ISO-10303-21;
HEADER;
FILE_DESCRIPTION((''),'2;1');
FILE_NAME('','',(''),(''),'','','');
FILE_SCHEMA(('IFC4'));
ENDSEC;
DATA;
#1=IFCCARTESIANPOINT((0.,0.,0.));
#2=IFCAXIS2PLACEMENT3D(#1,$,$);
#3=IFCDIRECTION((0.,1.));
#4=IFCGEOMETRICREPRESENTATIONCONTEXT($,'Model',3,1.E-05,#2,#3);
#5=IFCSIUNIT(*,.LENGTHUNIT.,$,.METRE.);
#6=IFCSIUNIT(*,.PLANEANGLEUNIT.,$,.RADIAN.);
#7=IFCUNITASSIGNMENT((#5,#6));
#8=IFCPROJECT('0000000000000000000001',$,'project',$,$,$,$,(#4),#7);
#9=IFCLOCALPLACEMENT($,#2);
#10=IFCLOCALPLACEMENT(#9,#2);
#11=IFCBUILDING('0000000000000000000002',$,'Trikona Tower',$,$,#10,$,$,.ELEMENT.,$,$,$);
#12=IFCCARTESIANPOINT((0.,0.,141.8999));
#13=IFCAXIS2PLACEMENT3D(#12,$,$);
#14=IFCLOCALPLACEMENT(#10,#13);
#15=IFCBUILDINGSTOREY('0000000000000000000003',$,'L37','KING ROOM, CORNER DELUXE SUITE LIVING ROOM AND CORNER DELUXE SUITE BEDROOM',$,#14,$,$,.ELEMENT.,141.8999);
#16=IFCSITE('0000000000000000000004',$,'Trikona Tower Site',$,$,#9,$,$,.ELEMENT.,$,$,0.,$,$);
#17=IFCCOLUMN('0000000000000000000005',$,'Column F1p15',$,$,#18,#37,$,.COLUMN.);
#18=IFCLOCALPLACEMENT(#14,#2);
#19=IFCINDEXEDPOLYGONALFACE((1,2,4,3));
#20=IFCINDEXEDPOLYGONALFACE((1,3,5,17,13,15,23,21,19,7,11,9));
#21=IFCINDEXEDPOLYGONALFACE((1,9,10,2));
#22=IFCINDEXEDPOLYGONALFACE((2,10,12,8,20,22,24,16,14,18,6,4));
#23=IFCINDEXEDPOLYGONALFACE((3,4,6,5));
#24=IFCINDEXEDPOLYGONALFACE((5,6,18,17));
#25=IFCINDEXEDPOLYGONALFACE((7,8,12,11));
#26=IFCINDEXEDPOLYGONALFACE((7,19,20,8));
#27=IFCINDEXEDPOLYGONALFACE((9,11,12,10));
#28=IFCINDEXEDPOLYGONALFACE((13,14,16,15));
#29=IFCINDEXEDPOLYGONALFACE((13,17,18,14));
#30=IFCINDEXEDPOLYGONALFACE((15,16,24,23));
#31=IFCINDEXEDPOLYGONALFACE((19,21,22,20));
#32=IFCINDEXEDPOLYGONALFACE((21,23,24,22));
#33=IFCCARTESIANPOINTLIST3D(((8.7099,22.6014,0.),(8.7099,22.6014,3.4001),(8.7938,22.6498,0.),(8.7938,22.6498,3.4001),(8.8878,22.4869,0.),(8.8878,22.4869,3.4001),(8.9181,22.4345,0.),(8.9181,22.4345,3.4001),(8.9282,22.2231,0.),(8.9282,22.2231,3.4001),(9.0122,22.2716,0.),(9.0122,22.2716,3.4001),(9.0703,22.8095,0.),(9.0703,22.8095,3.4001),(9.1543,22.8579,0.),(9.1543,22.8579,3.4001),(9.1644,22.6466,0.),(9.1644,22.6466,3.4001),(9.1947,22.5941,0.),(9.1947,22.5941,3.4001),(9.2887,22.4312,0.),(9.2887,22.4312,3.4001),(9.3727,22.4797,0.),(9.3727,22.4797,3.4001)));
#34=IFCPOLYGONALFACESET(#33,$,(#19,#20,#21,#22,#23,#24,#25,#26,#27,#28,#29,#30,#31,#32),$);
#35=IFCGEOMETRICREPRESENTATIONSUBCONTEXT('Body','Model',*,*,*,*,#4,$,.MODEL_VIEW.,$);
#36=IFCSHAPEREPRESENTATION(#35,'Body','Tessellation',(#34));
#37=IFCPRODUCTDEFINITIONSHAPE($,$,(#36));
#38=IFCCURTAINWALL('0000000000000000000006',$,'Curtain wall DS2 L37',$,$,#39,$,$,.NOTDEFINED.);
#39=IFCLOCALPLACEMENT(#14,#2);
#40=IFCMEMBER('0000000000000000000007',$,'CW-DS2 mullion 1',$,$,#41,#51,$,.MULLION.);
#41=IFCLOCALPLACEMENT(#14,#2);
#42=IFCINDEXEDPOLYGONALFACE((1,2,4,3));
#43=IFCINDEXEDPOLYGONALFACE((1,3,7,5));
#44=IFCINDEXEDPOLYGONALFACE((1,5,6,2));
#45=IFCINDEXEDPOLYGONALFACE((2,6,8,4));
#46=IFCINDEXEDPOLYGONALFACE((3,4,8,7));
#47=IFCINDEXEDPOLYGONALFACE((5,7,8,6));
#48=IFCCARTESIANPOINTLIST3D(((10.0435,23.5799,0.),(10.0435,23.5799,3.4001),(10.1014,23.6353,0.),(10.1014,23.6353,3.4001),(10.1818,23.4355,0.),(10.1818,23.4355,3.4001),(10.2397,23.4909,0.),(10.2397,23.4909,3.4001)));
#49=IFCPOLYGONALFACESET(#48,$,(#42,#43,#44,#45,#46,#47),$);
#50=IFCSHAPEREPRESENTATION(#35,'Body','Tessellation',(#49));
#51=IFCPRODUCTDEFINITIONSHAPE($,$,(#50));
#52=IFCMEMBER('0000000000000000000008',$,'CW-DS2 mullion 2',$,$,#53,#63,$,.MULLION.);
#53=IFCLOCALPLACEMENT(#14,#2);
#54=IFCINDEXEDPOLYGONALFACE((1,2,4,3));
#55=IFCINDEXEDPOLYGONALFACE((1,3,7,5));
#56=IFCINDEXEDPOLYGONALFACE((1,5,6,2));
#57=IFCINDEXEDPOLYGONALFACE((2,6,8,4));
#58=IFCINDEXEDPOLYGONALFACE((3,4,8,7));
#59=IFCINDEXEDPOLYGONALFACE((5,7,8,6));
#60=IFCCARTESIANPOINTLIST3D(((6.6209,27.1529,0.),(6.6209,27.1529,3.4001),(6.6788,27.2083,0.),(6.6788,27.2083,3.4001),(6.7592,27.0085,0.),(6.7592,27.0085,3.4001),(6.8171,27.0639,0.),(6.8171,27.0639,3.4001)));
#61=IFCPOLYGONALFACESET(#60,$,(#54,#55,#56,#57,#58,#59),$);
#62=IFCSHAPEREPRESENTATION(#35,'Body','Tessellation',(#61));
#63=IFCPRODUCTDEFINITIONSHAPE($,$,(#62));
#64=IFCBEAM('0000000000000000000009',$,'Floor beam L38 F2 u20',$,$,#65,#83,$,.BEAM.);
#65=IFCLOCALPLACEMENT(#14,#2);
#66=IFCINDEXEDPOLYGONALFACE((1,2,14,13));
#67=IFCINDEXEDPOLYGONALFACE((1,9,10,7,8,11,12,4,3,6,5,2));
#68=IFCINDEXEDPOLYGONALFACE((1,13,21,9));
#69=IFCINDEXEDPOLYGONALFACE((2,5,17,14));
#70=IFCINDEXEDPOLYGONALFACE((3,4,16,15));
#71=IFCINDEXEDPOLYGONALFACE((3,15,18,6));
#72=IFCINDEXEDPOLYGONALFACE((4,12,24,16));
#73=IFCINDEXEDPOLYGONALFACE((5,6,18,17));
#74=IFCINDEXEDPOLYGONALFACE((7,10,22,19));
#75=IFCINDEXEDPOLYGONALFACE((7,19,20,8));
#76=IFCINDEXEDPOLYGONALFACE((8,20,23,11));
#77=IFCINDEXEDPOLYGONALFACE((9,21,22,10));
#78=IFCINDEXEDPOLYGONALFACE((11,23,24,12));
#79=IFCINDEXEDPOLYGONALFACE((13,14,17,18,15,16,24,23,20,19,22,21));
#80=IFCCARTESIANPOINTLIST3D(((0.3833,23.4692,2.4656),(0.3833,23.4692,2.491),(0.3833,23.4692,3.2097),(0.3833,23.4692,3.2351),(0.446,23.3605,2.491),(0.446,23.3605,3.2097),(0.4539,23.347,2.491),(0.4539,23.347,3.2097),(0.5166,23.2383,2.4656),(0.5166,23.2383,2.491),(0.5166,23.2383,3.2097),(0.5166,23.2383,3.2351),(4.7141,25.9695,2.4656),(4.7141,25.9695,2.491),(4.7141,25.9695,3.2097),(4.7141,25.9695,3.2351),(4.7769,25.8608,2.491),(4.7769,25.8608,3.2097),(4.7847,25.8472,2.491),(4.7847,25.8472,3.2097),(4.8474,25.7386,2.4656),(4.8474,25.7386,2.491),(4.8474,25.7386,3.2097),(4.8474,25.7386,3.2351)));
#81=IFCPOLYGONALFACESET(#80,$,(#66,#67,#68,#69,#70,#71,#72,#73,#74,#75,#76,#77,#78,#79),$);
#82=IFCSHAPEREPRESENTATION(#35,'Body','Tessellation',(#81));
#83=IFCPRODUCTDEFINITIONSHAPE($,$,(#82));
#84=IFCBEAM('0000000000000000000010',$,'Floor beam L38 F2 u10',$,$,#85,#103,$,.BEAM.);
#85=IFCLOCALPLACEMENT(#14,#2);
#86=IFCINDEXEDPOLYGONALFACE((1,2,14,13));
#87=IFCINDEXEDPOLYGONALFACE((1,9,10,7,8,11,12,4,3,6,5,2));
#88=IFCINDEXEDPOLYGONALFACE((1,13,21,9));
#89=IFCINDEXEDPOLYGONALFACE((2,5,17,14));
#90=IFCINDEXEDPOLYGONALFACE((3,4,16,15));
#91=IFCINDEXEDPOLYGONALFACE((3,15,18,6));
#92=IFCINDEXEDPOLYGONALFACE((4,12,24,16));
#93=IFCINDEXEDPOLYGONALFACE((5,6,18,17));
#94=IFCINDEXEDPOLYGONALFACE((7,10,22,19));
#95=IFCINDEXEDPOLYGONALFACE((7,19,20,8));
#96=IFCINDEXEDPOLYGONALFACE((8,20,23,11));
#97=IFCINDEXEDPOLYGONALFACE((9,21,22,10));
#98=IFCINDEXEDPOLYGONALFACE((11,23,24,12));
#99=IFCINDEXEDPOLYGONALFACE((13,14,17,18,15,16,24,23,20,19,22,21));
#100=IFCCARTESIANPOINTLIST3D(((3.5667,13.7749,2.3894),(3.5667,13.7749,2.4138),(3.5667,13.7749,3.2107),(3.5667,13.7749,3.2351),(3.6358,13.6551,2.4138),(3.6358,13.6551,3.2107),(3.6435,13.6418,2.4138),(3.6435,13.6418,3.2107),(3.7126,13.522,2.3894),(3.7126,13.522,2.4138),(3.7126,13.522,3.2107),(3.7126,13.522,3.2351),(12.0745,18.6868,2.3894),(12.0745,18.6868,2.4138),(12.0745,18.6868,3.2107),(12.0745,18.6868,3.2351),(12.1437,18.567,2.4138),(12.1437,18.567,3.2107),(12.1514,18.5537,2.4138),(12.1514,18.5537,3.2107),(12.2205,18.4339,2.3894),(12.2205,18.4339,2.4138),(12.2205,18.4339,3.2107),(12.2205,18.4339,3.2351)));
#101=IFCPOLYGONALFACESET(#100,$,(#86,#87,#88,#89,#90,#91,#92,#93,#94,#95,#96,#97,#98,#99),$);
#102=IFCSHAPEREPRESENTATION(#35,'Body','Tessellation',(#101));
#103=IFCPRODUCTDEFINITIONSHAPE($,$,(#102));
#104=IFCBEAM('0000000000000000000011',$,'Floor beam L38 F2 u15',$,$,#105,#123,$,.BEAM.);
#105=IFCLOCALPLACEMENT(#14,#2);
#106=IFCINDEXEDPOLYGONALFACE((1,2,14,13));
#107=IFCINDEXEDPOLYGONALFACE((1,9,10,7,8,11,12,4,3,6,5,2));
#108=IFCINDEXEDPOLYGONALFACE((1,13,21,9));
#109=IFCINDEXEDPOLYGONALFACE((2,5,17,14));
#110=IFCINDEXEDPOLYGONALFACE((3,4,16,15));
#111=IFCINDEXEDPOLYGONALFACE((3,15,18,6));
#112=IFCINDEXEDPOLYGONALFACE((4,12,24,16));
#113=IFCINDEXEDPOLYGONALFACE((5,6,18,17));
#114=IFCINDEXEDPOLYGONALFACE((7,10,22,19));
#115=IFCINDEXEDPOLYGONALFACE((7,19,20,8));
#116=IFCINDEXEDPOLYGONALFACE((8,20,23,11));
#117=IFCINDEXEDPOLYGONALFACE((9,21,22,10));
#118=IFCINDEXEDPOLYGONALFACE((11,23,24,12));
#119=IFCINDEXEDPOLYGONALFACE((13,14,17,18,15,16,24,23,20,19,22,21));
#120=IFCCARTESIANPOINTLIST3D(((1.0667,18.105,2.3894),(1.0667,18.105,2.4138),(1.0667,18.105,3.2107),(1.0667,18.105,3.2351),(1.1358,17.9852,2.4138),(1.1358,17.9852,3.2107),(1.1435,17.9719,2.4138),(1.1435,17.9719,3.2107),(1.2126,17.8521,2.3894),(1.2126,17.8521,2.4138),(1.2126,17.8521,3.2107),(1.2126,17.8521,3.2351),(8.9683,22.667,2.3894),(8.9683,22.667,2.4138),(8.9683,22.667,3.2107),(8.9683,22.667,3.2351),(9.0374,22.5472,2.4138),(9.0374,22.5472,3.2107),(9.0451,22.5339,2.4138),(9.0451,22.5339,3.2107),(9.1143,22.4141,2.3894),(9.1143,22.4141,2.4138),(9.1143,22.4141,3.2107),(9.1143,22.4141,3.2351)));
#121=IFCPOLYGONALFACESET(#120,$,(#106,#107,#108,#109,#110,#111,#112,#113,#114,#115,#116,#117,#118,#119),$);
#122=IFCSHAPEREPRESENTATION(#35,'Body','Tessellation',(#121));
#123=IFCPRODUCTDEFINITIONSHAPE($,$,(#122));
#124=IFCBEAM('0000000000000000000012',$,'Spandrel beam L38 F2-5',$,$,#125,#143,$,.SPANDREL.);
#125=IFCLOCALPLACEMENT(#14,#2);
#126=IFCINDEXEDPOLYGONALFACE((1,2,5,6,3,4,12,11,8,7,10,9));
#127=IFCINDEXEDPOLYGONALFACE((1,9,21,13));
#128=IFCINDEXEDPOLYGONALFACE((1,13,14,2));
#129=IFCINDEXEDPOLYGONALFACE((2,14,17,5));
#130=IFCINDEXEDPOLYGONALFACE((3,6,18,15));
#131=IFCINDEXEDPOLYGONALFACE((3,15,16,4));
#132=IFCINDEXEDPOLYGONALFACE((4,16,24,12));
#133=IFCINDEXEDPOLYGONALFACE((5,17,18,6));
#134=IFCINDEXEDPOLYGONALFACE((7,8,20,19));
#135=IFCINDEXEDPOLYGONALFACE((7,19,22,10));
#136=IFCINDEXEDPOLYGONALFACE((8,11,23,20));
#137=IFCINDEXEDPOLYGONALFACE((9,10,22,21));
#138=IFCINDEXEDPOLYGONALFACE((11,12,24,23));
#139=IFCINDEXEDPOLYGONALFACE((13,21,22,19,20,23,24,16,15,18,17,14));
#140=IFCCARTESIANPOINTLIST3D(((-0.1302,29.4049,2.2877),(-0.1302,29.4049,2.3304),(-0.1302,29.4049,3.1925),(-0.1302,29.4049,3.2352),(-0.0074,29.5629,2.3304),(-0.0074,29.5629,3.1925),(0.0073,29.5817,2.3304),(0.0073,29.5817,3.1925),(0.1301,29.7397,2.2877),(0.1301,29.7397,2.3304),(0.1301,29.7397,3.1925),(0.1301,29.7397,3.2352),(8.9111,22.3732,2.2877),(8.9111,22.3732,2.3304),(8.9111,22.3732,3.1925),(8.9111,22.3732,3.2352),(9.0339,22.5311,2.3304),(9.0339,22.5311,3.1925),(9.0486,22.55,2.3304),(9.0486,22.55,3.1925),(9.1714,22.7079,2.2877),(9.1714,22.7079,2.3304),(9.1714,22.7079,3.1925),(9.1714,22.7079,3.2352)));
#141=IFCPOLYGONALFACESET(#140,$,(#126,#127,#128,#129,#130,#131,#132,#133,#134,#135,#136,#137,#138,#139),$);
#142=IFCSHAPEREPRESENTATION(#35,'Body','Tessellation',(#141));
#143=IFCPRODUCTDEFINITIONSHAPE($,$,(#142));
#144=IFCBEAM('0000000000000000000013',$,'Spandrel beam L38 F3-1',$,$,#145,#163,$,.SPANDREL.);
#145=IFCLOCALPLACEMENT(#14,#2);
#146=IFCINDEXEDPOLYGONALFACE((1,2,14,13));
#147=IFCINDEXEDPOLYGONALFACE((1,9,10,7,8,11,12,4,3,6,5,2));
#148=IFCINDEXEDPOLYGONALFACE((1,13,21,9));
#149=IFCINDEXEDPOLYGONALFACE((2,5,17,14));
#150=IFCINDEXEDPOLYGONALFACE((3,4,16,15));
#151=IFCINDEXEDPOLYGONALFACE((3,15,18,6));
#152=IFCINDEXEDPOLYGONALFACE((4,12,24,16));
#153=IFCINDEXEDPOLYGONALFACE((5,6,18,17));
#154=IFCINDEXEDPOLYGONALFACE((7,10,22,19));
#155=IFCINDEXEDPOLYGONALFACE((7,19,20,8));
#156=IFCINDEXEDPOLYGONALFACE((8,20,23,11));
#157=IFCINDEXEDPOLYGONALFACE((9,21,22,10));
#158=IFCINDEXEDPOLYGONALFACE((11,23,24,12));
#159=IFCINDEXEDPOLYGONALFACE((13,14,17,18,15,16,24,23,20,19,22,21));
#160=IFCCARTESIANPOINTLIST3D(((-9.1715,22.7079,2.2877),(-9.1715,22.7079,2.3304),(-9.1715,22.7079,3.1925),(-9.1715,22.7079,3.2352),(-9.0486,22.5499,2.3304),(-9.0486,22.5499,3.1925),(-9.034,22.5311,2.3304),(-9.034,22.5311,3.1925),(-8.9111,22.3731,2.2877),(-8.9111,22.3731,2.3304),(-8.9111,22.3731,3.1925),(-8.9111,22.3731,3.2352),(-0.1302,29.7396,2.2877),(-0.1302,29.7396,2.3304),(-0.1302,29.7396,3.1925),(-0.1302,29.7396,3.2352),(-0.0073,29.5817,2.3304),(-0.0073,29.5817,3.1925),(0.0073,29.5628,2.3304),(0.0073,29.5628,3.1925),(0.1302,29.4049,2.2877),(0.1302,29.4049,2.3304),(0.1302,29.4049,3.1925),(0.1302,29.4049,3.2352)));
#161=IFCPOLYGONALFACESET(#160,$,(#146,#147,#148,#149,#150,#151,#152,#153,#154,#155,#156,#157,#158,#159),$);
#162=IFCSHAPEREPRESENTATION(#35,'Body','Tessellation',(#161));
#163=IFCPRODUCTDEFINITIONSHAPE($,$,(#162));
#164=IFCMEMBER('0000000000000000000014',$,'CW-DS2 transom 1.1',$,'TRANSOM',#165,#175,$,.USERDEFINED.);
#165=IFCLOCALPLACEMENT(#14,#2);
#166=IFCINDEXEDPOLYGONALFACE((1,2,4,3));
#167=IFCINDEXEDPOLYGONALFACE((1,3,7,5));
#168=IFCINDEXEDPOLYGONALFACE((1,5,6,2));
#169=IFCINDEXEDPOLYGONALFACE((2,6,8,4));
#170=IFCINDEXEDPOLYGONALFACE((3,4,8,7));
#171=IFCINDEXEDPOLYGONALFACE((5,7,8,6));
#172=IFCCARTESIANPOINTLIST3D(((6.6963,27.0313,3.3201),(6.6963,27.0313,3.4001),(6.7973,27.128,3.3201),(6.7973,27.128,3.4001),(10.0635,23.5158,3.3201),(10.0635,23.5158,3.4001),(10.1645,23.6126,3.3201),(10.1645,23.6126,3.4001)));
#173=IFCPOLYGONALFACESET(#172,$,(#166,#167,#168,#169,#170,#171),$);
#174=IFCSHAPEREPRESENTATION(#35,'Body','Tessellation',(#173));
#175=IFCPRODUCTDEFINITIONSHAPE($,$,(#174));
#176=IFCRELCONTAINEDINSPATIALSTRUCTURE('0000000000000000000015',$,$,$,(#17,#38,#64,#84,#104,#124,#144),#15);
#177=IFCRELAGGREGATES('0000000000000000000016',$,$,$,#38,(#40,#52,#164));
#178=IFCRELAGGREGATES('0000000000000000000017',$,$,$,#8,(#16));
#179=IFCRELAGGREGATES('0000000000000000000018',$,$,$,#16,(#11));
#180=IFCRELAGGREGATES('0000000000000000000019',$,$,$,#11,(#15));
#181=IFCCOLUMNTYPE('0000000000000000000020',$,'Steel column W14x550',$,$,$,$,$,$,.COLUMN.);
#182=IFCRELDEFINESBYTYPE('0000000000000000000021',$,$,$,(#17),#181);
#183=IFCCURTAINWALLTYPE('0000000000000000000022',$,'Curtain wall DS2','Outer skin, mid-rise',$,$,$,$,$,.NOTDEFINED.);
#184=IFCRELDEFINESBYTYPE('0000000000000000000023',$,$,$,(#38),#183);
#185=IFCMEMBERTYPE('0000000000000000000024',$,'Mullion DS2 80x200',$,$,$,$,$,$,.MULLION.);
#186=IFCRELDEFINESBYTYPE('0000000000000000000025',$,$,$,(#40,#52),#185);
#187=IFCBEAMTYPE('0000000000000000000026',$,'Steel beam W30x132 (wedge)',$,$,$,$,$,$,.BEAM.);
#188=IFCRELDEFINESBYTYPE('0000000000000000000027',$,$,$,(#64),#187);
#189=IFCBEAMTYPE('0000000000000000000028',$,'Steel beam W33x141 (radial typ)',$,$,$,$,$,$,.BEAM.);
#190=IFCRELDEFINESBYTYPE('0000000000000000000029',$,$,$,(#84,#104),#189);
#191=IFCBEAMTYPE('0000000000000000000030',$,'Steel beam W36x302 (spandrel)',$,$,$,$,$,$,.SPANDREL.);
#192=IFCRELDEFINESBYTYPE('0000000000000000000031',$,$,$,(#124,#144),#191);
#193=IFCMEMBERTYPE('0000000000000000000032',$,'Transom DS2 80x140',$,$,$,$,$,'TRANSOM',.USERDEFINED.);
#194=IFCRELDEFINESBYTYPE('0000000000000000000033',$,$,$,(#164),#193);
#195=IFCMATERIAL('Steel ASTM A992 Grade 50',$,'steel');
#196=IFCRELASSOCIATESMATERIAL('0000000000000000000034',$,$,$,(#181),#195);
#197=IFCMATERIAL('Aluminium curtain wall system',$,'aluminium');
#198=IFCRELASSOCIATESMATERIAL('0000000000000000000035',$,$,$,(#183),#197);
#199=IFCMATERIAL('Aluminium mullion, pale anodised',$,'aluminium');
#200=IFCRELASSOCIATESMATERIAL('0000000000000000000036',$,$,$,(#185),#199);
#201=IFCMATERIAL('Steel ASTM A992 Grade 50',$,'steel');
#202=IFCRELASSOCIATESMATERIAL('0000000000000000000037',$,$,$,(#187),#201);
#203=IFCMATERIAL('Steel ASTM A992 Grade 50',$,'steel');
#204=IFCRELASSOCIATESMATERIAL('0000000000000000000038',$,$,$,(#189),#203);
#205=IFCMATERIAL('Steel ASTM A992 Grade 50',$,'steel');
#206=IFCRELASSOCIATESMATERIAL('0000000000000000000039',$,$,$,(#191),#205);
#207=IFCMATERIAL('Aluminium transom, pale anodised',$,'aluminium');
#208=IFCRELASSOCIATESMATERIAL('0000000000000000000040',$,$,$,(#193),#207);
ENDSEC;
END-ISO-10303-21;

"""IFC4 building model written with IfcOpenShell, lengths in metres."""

from ifc_helpers import new_model, si_unit, direction, frame, origin, origin_2d, place, context, subcontext, project, spatial, rectangle, i_section, extrude, material, material_profile, profile_set, type_object, element, aggregate, save


model = new_model("IFC4")

# Units and contexts
model_context = context("Model", 3, precision=1e-05, world=origin(), true_north=direction((0.0, 1.0)))
body_context = subcontext(model_context, "Body", "Model", "MODEL_VIEW")
ifc_project = project(units=[si_unit("LENGTHUNIT", "METRE"), si_unit("PLANEANGLEUNIT", "RADIAN")], contexts=[model_context])

# Site, building, storey
site_placement = place(None, origin())
site = spatial("IfcSite", under=ifc_project, at=site_placement, Name="Trikona Tower Site", CompositionType="ELEMENT", RefElevation=0.0)
building_placement = place(site_placement, origin())
building = spatial("IfcBuilding", under=site, at=building_placement, Name="Trikona Tower", CompositionType="ELEMENT")
storey_placement = place(building_placement, frame((0.0, 0.0, 141.8999)))
storey = spatial("IfcBuildingStorey", under=building, at=storey_placement, Name="L37", Description="KING ROOM, CORNER DELUXE SUITE LIVING ROOM AND CORNER DELUXE SUITE BEDROOM", CompositionType="ELEMENT", Elevation=141.8999)

# Column
ifc_material_1 = material(Name="Steel ASTM A992 Grade 50", Category="steel")
ifc_material_profile_1 = material_profile(ifc_material_1, i_section(OverallWidth=0.4368, OverallDepth=0.5132, WebThickness=0.0605, FlangeThickness=0.0969, at=origin_2d()), Name="W14X550")
ifc_profile_set_1 = profile_set([ifc_material_profile_1], Name="Steel ASTM A992 Grade 50")
column_type = type_object("IfcColumnType", Name="Steel column W14x550", PredefinedType="COLUMN", material=ifc_profile_set_1)
column_placement = place(storey_placement, frame((9.0413, 22.5405, 0.0), z_axis=(0.0, 0.0, 1.0), x_axis=(-0.5, 0.866025, 0.0)))
element("IfcColumn", 1, at=column_placement, inside=storey, type_object=column_type, Name="Column F1p15", PredefinedType="COLUMN", context=body_context, shape_type="SweptSolid", body=[
    extrude(i_section(OverallWidth=0.4368, OverallDepth=0.5132, WebThickness=0.0605, FlangeThickness=0.0969, at=origin_2d()), origin(), (0.0, 0.0, 1.0), 3.4001),
])

# Curtain wall, members
ifc_material_2 = material(Name="Aluminium curtain wall system", Category="aluminium")
curtain_wall_type = type_object("IfcCurtainWallType", Name="Curtain wall DS2", Description="Outer skin, mid-rise", PredefinedType="NOTDEFINED", material=ifc_material_2)
curtain_wall_placement = place(storey_placement, origin())
curtain_wall = element("IfcCurtainWall", 2, at=curtain_wall_placement, inside=storey, type_object=curtain_wall_type, Name="Curtain wall DS2 L37", PredefinedType="NOTDEFINED")
ifc_material_3 = material(Name="Aluminium mullion, pale anodised", Category="aluminium")
ifc_material_profile_2 = material_profile(ifc_material_3, rectangle(XDim=0.0801, YDim=0.2, at=origin_2d()), Name="MUL-DS2")
ifc_profile_set_2 = profile_set([ifc_material_profile_2], Name="Aluminium mullion, pale anodised")
member_type_1 = type_object("IfcMemberType", Name="Mullion DS2 80x200", PredefinedType="MULLION", material=ifc_profile_set_2)
member_1_placement = place(storey_placement, frame((10.1416, 23.5354, 0.0), z_axis=(0.0, 0.0, 1.0), x_axis=(-0.722158, -0.691728, 0.0)))
member_1 = element("IfcMember", 3, at=member_1_placement, type_object=member_type_1, Name="CW-DS2 mullion 1", PredefinedType="MULLION", context=body_context, shape_type="SweptSolid", body=[
    extrude(rectangle(XDim=0.0801, YDim=0.2, at=origin_2d()), origin(), (0.0, 0.0, 1.0), 3.4001),
])
member_2_placement = place(storey_placement, frame((6.719, 27.1084, 0.0), z_axis=(0.0, 0.0, 1.0), x_axis=(-0.722158, -0.691728, 0.0)))
member_2 = element("IfcMember", 4, at=member_2_placement, type_object=member_type_1, Name="CW-DS2 mullion 2", PredefinedType="MULLION", context=body_context, shape_type="SweptSolid", body=[
    extrude(rectangle(XDim=0.0801, YDim=0.2, at=origin_2d()), origin(), (0.0, 0.0, 1.0), 3.4001),
])

# Beams
ifc_material_4 = material(Name="Steel ASTM A992 Grade 50", Category="steel")
ifc_material_profile_3 = material_profile(ifc_material_4, i_section(OverallWidth=0.2666, OverallDepth=0.7695, WebThickness=0.0156, FlangeThickness=0.0254, at=origin_2d()), Name="W30X132")
ifc_profile_set_3 = profile_set([ifc_material_profile_3], Name="Steel ASTM A992 Grade 50")
beam_type_1 = type_object("IfcBeamType", Name="Steel beam W30x132 (wedge)", PredefinedType="BEAM", material=ifc_profile_set_3)
beam_1_placement = place(storey_placement, frame((0.45, 23.3538, 2.8503), z_axis=(0.866038, 0.499977, 0.0), x_axis=(-0.499977, 0.866038, 0.0)))
element("IfcBeam", 5, at=beam_1_placement, inside=storey, type_object=beam_type_1, Name="Floor beam L38 F2 u20", PredefinedType="BEAM", context=body_context, shape_type="SweptSolid", body=[
    extrude(i_section(OverallWidth=0.2666, OverallDepth=0.7695, WebThickness=0.0156, FlangeThickness=0.0254, at=origin_2d()), origin(), (0.0, 0.0, 1.0), 5.0007),
])
ifc_material_5 = material(Name="Steel ASTM A992 Grade 50", Category="steel")
ifc_material_profile_4 = material_profile(ifc_material_5, i_section(OverallWidth=0.292, OverallDepth=0.8457, WebThickness=0.0154, FlangeThickness=0.0244, at=origin_2d()), Name="W33X141")
ifc_profile_set_4 = profile_set([ifc_material_profile_4], Name="Steel ASTM A992 Grade 50")
beam_type_2 = type_object("IfcBeamType", Name="Steel beam W33x141 (radial typ)", PredefinedType="BEAM", material=ifc_profile_set_4)
beam_2_placement = place(storey_placement, frame((3.6396, 13.6484, 2.8123), z_axis=(0.866031, 0.499991, 0.0), x_axis=(-0.499991, 0.866031, 0.0)))
element("IfcBeam", 6, at=beam_2_placement, inside=storey, type_object=beam_type_2, Name="Floor beam L38 F2 u10", PredefinedType="BEAM", context=body_context, shape_type="SweptSolid", body=[
    extrude(i_section(OverallWidth=0.292, OverallDepth=0.8457, WebThickness=0.0154, FlangeThickness=0.0244, at=origin_2d()), origin(), (0.0, 0.0, 1.0), 9.824),
])
beam_3_placement = place(storey_placement, frame((1.1396, 17.9785, 2.8123), z_axis=(0.866025, 0.500001, 0.0), x_axis=(-0.500001, 0.866025, 0.0)))
element("IfcBeam", 7, at=beam_3_placement, inside=storey, type_object=beam_type_2, Name="Floor beam L38 F2 u15", PredefinedType="BEAM", context=body_context, shape_type="SweptSolid", body=[
    extrude(i_section(OverallWidth=0.292, OverallDepth=0.8457, WebThickness=0.0154, FlangeThickness=0.0244, at=origin_2d()), origin(), (0.0, 0.0, 1.0), 9.124),
])
ifc_material_6 = material(Name="Steel ASTM A992 Grade 50", Category="steel")
ifc_material_profile_5 = material_profile(ifc_material_6, i_section(OverallWidth=0.4241, OverallDepth=0.9475, WebThickness=0.0239, FlangeThickness=0.0427, at=origin_2d()), Name="W36X302")
ifc_profile_set_5 = profile_set([ifc_material_profile_5], Name="Steel ASTM A992 Grade 50")
beam_type_3 = type_object("IfcBeamType", Name="Steel beam W36x302 (spandrel)", PredefinedType="SPANDREL", material=ifc_profile_set_5)
for number, where, z_axis, x_axis, name in (
    (8, (9.0413, 22.5405, 2.7615), (-0.789367, 0.613921, 0.0), (-0.613921, -0.789367, 0.0), "Spandrel beam L38 F2-5"),
    (9, (0.0, 29.5723, 2.7615), (-0.789367, -0.613921, 0.0), (0.613921, -0.789367, 0.0), "Spandrel beam L38 F3-1"),
):
    element("IfcBeam", number, at=place(storey_placement, frame(where, z_axis=z_axis, x_axis=x_axis)), inside=storey, type_object=beam_type_3, Name=name, PredefinedType="SPANDREL", context=body_context, shape_type="SweptSolid", body=[
        extrude(i_section(OverallWidth=0.4241, OverallDepth=0.9475, WebThickness=0.0239, FlangeThickness=0.0427, at=origin_2d()), origin(), (0.0, 0.0, 1.0), 11.4539),
    ])

# Member
ifc_material_7 = material(Name="Aluminium transom, pale anodised", Category="aluminium")
ifc_material_profile_6 = material_profile(ifc_material_7, rectangle(XDim=0.1399, YDim=0.0801, at=origin_2d()), Name="TRN-DS2")
ifc_profile_set_6 = profile_set([ifc_material_profile_6], Name="Aluminium transom, pale anodised")
member_type_2 = type_object("IfcMemberType", Name="Transom DS2 80x140", ElementType="TRANSOM", PredefinedType="USERDEFINED", material=ifc_profile_set_6)
member_3_placement = place(storey_placement, frame((10.114, 23.5642, 3.3601), z_axis=(-0.691721, 0.722165, 0.0), x_axis=(-0.722165, -0.691721, 0.0)))
member_3 = element("IfcMember", 10, at=member_3_placement, type_object=member_type_2, Name="CW-DS2 transom 1.1", ObjectType="TRANSOM", PredefinedType="USERDEFINED", context=body_context, shape_type="SweptSolid", body=[
    extrude(rectangle(XDim=0.1399, YDim=0.0801, at=origin_2d()), origin(), (0.0, 0.0, 1.0), 4.8679),
])

aggregate(curtain_wall, [member_1, member_2, member_3])

save(model, "model.ifc")
